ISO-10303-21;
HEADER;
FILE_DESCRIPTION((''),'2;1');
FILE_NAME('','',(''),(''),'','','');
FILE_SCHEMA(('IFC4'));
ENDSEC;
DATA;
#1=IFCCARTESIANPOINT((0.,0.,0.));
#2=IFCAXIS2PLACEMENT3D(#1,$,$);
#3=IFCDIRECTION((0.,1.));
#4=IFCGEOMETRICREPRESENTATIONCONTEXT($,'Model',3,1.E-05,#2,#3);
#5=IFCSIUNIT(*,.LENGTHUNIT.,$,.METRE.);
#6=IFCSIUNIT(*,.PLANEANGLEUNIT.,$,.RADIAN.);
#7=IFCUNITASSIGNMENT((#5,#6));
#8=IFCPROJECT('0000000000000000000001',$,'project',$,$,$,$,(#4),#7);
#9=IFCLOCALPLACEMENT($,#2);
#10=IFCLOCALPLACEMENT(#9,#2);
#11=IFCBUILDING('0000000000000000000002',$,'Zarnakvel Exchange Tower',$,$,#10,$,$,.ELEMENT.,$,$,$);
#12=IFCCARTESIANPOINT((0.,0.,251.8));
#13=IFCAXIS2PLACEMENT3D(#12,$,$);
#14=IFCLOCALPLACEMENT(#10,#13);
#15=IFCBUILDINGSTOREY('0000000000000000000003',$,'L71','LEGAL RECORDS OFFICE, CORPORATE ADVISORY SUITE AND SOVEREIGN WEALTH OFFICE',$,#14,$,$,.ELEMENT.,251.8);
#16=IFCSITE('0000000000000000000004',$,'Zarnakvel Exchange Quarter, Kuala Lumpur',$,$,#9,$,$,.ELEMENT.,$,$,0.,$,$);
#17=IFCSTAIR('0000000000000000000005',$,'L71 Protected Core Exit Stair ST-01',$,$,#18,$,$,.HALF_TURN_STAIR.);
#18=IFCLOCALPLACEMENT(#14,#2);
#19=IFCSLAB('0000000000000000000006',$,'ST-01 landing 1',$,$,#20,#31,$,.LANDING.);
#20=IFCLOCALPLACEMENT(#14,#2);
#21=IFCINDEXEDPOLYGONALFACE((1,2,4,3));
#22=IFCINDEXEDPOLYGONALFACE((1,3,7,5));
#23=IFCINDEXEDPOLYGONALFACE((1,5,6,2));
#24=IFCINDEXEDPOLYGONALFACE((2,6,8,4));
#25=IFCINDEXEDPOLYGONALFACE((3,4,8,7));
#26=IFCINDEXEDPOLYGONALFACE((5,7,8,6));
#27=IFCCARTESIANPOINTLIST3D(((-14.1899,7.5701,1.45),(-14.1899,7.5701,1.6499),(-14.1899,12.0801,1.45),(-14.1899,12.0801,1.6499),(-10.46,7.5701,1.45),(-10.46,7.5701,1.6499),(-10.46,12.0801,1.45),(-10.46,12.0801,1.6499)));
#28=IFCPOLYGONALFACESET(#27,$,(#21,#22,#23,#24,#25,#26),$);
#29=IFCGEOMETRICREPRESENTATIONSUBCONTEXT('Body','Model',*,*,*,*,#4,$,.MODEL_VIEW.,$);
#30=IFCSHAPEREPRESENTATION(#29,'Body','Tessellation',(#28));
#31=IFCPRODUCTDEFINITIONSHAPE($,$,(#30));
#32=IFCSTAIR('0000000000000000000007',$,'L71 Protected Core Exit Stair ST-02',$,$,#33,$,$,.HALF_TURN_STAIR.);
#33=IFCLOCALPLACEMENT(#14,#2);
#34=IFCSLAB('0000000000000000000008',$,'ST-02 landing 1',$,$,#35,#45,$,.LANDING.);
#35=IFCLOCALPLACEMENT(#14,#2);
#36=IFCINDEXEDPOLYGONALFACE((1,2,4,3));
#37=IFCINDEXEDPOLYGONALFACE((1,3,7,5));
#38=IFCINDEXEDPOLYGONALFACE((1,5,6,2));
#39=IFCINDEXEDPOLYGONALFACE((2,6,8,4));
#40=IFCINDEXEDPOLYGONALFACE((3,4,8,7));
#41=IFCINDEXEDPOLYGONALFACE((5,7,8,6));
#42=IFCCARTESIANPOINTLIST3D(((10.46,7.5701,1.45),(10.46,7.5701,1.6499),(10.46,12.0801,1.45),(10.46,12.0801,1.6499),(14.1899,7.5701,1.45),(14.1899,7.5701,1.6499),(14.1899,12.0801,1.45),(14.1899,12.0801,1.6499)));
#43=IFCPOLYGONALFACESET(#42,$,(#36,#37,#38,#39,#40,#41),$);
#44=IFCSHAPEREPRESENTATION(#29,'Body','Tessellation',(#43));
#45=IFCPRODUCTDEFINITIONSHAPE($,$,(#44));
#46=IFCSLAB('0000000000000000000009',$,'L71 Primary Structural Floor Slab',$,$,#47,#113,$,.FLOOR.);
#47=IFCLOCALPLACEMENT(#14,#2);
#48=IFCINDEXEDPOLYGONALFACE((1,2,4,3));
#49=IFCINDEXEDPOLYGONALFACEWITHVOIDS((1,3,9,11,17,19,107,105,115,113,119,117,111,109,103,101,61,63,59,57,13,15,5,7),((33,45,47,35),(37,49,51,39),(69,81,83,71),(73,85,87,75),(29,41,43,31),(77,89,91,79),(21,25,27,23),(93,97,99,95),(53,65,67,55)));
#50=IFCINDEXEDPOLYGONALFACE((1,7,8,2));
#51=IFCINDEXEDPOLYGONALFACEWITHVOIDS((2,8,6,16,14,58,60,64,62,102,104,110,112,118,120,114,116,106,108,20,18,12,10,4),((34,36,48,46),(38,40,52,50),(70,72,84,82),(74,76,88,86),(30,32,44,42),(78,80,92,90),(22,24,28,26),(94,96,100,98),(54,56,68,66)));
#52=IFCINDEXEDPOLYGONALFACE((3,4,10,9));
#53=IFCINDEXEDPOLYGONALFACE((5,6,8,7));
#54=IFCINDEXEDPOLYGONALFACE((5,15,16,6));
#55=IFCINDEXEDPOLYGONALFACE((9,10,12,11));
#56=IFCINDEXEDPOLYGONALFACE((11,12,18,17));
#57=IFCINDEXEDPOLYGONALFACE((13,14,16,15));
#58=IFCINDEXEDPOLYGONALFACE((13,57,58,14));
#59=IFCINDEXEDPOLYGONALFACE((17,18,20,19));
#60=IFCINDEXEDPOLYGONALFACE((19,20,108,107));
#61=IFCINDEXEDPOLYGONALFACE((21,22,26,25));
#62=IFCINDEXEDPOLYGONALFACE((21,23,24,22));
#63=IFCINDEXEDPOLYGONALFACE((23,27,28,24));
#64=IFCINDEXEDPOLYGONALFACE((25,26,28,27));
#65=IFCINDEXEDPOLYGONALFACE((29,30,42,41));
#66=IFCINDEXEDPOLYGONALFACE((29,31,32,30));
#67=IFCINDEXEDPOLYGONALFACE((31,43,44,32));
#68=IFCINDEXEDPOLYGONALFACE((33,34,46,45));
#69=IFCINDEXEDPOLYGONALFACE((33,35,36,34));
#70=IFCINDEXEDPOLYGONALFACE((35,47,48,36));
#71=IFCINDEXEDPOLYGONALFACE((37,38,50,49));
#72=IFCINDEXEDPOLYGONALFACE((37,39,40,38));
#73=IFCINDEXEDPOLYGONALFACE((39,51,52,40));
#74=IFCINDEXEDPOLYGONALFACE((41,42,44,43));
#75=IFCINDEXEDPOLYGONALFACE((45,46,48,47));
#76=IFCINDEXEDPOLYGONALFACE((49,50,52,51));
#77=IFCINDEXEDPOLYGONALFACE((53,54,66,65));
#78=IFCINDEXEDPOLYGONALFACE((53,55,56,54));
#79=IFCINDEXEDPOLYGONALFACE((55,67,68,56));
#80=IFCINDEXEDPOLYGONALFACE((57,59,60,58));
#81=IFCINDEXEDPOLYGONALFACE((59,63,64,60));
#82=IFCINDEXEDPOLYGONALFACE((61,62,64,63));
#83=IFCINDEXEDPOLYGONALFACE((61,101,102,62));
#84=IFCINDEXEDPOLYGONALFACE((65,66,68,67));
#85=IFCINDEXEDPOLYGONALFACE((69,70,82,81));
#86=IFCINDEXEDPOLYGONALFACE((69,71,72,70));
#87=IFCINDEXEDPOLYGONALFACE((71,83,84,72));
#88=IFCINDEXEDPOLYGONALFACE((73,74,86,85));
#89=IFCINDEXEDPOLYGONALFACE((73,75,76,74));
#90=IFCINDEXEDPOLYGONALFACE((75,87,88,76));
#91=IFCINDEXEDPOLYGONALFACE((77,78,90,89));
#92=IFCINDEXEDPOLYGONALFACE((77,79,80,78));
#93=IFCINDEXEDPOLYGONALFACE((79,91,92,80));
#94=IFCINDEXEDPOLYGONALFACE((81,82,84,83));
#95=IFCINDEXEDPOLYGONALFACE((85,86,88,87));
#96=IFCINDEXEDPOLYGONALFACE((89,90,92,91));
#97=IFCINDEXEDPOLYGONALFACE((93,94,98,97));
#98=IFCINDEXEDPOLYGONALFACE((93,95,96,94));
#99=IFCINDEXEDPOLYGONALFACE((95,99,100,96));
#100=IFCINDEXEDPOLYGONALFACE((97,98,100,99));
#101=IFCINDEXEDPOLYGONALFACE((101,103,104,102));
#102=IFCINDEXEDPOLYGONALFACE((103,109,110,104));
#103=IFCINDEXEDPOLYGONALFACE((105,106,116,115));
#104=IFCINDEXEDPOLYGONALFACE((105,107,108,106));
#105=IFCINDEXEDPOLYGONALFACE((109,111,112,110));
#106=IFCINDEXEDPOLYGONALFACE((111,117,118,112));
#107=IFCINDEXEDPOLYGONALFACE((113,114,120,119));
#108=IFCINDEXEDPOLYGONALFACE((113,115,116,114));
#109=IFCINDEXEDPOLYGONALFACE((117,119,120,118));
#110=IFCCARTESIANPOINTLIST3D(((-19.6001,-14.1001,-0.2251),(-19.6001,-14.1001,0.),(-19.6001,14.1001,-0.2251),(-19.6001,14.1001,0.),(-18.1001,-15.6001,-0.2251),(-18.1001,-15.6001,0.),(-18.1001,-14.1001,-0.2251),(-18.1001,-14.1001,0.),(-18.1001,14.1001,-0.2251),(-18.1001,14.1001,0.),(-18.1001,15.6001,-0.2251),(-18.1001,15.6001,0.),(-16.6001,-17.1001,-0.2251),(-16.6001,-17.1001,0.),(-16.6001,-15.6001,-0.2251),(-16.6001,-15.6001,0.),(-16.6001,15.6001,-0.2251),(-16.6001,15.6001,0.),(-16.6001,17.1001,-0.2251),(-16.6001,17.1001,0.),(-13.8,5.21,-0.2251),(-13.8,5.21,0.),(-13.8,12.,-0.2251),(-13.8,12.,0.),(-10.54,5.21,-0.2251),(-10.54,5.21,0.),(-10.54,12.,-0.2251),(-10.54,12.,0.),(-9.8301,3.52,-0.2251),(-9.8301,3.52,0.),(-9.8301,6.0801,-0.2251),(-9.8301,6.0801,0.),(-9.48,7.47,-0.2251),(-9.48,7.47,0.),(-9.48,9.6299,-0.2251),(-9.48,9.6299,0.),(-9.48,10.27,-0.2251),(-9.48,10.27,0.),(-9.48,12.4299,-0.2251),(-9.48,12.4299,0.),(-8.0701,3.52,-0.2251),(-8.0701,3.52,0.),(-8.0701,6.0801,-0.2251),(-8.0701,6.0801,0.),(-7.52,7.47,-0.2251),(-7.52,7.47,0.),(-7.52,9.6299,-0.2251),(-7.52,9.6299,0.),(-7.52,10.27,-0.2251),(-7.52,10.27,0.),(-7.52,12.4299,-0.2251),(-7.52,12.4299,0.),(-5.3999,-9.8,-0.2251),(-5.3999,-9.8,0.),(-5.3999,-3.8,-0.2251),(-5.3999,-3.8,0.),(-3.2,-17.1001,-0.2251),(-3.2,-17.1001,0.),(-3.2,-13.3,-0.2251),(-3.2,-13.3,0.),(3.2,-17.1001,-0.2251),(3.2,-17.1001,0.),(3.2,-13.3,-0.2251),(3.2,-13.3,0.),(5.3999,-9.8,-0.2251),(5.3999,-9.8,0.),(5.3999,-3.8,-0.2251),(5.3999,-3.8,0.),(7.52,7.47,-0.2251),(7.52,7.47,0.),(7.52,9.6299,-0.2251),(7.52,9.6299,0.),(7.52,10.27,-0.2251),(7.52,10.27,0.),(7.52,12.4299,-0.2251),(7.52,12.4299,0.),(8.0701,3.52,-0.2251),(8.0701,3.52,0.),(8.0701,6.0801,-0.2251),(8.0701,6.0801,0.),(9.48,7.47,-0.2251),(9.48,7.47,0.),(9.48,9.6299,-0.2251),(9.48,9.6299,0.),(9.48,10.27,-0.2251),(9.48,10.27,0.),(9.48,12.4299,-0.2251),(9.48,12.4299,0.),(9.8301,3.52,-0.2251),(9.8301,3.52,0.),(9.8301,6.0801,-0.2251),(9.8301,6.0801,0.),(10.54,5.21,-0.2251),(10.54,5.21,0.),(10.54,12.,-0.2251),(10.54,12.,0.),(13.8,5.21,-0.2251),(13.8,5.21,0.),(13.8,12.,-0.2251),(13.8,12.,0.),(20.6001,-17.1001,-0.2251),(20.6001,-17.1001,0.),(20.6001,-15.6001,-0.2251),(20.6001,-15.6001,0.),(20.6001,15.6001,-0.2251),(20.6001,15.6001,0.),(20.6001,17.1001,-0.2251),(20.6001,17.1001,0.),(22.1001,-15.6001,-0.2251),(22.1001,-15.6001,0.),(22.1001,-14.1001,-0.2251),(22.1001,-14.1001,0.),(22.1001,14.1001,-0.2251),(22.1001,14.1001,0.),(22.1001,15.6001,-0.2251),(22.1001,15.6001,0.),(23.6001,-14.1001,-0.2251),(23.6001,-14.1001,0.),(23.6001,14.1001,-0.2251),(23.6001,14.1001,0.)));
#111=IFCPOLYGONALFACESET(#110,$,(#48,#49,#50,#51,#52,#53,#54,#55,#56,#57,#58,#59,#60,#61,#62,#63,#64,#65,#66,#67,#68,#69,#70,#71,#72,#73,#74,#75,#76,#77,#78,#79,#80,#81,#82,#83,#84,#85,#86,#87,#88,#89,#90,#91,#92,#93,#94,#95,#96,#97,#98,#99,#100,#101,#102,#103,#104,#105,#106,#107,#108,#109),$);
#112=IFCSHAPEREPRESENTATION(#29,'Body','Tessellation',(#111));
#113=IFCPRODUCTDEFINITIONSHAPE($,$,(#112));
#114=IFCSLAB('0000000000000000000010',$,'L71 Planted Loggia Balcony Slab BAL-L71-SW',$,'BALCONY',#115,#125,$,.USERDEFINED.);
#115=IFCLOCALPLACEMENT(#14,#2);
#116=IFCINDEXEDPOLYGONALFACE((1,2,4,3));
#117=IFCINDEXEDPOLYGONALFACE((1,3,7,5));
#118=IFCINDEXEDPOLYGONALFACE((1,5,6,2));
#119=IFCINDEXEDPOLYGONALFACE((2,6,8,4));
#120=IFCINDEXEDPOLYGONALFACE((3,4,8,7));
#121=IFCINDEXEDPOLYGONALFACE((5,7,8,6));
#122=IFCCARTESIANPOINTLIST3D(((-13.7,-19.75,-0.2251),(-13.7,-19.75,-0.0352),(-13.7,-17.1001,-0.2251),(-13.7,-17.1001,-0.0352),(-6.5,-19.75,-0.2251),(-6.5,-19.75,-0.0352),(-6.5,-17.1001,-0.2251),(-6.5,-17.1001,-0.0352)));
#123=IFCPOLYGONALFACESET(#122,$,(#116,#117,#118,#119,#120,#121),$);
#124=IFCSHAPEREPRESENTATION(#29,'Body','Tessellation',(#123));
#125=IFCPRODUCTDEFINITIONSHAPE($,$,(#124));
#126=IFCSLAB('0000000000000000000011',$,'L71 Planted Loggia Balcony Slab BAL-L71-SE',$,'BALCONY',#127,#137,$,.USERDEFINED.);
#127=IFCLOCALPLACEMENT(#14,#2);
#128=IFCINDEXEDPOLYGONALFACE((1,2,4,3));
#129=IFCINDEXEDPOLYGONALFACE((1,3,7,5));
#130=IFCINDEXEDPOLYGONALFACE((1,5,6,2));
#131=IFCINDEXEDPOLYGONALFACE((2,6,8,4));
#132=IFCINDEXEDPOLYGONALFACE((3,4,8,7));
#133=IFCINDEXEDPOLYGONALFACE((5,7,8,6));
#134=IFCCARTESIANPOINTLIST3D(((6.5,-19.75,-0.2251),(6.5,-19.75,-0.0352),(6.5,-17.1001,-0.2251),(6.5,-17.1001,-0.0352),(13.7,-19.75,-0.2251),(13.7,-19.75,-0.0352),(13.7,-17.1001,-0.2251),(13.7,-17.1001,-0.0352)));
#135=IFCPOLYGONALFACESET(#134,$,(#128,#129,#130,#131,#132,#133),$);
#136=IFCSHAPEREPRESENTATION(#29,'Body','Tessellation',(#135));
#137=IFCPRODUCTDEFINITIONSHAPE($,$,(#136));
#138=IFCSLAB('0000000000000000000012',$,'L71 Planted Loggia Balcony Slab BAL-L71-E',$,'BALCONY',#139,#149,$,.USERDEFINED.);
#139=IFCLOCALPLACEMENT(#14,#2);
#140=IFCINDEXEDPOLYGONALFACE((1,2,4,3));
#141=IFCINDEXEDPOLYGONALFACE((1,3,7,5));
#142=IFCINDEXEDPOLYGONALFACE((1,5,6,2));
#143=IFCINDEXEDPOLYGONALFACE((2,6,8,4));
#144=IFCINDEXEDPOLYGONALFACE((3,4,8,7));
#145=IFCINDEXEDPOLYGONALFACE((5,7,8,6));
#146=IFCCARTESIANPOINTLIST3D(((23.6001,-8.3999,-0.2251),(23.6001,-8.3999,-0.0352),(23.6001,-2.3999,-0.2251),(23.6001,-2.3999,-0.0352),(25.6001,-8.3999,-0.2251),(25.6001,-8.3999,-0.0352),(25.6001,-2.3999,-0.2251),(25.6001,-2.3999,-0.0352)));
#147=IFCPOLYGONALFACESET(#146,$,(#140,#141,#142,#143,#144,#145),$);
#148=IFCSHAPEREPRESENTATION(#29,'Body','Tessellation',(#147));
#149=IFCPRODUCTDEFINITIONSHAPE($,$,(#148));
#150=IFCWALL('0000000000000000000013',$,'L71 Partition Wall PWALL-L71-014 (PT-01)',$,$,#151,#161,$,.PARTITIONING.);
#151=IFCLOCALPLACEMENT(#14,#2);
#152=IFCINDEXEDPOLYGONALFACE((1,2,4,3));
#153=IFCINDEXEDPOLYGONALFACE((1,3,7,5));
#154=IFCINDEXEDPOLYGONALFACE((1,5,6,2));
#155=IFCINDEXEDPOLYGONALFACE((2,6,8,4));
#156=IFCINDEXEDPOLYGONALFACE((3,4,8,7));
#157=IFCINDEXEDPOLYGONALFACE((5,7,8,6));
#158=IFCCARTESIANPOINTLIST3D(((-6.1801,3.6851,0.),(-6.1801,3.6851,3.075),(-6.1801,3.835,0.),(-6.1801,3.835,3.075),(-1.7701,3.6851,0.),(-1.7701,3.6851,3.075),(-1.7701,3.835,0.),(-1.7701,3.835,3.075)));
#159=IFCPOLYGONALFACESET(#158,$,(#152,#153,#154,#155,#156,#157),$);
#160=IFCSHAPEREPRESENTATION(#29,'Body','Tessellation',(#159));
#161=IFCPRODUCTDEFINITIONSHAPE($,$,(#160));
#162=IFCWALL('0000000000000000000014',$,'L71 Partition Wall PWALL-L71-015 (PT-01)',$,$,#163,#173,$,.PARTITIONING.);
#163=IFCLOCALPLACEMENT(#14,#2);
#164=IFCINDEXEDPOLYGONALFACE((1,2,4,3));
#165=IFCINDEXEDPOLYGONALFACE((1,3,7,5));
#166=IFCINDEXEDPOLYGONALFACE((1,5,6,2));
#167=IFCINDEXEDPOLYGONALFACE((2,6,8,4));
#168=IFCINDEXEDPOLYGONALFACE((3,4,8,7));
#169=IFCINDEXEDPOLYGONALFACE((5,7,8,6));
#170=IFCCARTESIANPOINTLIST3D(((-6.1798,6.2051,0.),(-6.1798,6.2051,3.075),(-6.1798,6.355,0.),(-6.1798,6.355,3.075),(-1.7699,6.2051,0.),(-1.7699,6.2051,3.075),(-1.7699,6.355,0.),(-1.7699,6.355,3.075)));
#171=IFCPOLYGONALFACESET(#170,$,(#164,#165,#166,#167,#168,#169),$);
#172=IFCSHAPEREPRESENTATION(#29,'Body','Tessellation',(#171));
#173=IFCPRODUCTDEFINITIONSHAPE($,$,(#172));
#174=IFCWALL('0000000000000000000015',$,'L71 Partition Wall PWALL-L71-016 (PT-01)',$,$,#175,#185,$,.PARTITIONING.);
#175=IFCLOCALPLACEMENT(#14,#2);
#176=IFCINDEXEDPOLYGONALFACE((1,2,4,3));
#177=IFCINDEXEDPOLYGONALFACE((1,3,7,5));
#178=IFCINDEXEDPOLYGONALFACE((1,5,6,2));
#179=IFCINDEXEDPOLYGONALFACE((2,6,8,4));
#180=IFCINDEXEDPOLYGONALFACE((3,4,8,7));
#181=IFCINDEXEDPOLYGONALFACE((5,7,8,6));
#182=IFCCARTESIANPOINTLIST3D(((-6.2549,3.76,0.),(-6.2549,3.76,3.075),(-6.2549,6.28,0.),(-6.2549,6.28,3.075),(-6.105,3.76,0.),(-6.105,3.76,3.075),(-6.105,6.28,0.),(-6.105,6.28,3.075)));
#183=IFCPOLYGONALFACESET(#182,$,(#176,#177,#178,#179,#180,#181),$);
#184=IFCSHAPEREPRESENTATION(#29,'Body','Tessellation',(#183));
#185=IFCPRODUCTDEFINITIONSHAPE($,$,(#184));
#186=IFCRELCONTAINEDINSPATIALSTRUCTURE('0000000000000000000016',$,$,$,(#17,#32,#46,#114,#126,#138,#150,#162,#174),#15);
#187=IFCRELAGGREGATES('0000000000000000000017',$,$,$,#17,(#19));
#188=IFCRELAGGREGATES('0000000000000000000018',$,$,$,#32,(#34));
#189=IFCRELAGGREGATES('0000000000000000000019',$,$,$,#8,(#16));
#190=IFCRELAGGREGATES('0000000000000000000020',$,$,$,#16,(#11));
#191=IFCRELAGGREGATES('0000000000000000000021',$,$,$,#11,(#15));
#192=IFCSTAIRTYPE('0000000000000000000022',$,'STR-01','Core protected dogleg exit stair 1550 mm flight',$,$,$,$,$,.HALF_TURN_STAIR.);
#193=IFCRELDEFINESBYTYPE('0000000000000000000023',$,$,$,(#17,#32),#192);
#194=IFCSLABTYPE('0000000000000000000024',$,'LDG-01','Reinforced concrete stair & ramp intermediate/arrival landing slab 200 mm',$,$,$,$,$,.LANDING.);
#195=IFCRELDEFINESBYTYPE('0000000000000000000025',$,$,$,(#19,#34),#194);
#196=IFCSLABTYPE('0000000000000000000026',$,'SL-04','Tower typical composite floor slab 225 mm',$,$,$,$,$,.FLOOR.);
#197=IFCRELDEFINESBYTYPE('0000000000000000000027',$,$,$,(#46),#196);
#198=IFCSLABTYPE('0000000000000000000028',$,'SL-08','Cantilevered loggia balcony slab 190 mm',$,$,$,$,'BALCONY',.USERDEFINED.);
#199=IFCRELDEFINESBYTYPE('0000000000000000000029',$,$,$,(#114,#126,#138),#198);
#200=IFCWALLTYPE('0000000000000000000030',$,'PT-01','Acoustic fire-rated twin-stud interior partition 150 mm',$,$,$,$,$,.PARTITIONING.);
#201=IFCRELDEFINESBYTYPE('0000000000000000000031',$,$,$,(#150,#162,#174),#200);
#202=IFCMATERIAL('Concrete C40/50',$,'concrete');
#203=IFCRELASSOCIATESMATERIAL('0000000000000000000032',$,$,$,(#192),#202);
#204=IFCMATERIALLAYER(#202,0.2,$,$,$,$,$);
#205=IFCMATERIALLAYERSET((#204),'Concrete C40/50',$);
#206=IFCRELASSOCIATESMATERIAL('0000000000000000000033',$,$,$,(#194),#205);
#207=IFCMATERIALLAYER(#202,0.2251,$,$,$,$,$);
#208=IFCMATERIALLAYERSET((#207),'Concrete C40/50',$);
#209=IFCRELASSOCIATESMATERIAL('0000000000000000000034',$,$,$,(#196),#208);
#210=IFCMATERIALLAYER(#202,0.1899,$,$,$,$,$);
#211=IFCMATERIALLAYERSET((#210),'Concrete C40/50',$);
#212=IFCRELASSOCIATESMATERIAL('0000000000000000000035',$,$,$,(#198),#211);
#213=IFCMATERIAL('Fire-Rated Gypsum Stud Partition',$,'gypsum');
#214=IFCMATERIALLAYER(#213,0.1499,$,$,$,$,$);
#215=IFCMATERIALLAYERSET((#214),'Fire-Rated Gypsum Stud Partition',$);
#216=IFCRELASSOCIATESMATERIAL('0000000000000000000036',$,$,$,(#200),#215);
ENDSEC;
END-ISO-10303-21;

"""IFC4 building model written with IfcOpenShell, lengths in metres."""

from ifc_helpers import new_model, si_unit, direction, frame, frame_2d, origin, place, context, subcontext, project, spatial, polyline, rectangle, outline, extrude, material, layer, layer_set, type_object, element, aggregate, save


model = new_model("IFC4")

# Units and contexts
model_context = context("Model", 3, precision=1e-05, world=origin(), true_north=direction((0.0, 1.0)))
body_context = subcontext(model_context, "Body", "Model", "MODEL_VIEW")
ifc_project = project(units=[si_unit("LENGTHUNIT", "METRE"), si_unit("PLANEANGLEUNIT", "RADIAN")], contexts=[model_context])

# Site, building, storey
site_placement = place(None, origin())
site = spatial("IfcSite", under=ifc_project, at=site_placement, Name="Zarnakvel Exchange Quarter, Kuala Lumpur", CompositionType="ELEMENT", RefElevation=0.0)
building_placement = place(site_placement, origin())
building = spatial("IfcBuilding", under=site, at=building_placement, Name="Zarnakvel Exchange Tower", CompositionType="ELEMENT")
storey_placement = place(building_placement, frame((0.0, 0.0, 251.8)))
storey = spatial("IfcBuildingStorey", under=building, at=storey_placement, Name="L71", Description="LEGAL RECORDS OFFICE, CORPORATE ADVISORY SUITE AND SOVEREIGN WEALTH OFFICE", CompositionType="ELEMENT", Elevation=251.8)

# Stairs, slabs
ifc_material_1 = material(Name="Concrete C40/50", Category="concrete")
stair_type = type_object("IfcStairType", Name="STR-01", Description="Core protected dogleg exit stair 1550 mm flight", PredefinedType="HALF_TURN_STAIR", material=ifc_material_1)
stair_1_placement = place(storey_placement, origin())
stair_1 = element("IfcStair", 1, at=stair_1_placement, inside=storey, type_object=stair_type, Name="L71 Protected Core Exit Stair ST-01", PredefinedType="HALF_TURN_STAIR")
ifc_layer_1 = layer(ifc_material_1, 0.2)
ifc_layer_set_1 = layer_set([ifc_layer_1], Name="Concrete C40/50")
slab_type_1 = type_object("IfcSlabType", Name="LDG-01", Description="Reinforced concrete stair & ramp intermediate/arrival landing slab 200 mm", PredefinedType="LANDING", material=ifc_layer_set_1)
slab_1_placement = place(storey_placement, frame((0.0, 0.0, 1.45)))
slab_1 = element("IfcSlab", 2, at=slab_1_placement, type_object=slab_type_1, Name="ST-01 landing 1", PredefinedType="LANDING", context=body_context, shape_type="SweptSolid", body=[
    extrude(outline(polyline([(-14.1899, 7.5701), (-10.46, 7.5701), (-10.46, 12.0801), (-14.1899, 12.0801), (-14.1899, 7.5701)])), origin(), (0.0, 0.0, 1.0), 0.2),
])
aggregate(stair_1, [slab_1])
stair_2_placement = place(storey_placement, origin())
stair_2 = element("IfcStair", 3, at=stair_2_placement, inside=storey, type_object=stair_type, Name="L71 Protected Core Exit Stair ST-02", PredefinedType="HALF_TURN_STAIR")
slab_2_placement = place(storey_placement, frame((0.0, 0.0, 1.45)))
slab_2 = element("IfcSlab", 4, at=slab_2_placement, type_object=slab_type_1, Name="ST-02 landing 1", PredefinedType="LANDING", context=body_context, shape_type="SweptSolid", body=[
    extrude(outline(polyline([(10.46, 7.5701), (14.1899, 7.5701), (14.1899, 12.0801), (10.46, 12.0801), (10.46, 7.5701)])), origin(), (0.0, 0.0, 1.0), 0.2),
])
aggregate(stair_2, [slab_2])

# Slabs
ifc_layer_2 = layer(ifc_material_1, 0.2251)
ifc_layer_set_2 = layer_set([ifc_layer_2], Name="Concrete C40/50")
slab_type_2 = type_object("IfcSlabType", Name="SL-04", Description="Tower typical composite floor slab 225 mm", PredefinedType="FLOOR", material=ifc_layer_set_2)
slab_3_placement = place(storey_placement, frame((0.0, 0.0, -0.2251)))
element("IfcSlab", 5, at=slab_3_placement, inside=storey, type_object=slab_type_2, Name="L71 Primary Structural Floor Slab", PredefinedType="FLOOR", context=body_context, shape_type="SweptSolid", body=[
    extrude(outline(polyline([(-19.6001, -14.1001), (-18.1001, -14.1001), (-18.1001, -15.6001), (-16.6001, -15.6001), (-16.6001, -17.1001), (-3.2, -17.1001), (-3.2, -13.3), (3.2, -13.3), (3.2, -17.1001), (20.6001, -17.1001), (20.6001, -15.6001), (22.1001, -15.6001), (22.1001, -14.1001), (23.6001, -14.1001), (23.6001, 14.1001), (22.1001, 14.1001), (22.1001, 15.6001), (20.6001, 15.6001), (20.6001, 17.1001), (-16.6001, 17.1001), (-16.6001, 15.6001), (-18.1001, 15.6001), (-18.1001, 14.1001), (-19.6001, 14.1001), (-19.6001, -14.1001)]), holes=[polyline([(-5.3999, -9.8), (5.3999, -9.8), (5.3999, -3.8), (-5.3999, -3.8), (-5.3999, -9.8)]), polyline([(-13.8, 5.21), (-10.54, 5.21), (-10.54, 12.0), (-13.8, 12.0), (-13.8, 5.21)]), polyline([(10.54, 5.21), (13.8, 5.21), (13.8, 12.0), (10.54, 12.0), (10.54, 5.21)]), polyline([(-9.8301, 3.52), (-8.0701, 3.52), (-8.0701, 6.0801), (-9.8301, 6.0801), (-9.8301, 3.52)]), polyline([(8.0701, 3.52), (9.8301, 3.52), (9.8301, 6.0801), (8.0701, 6.0801), (8.0701, 3.52)]), polyline([(-9.48, 7.47), (-7.52, 7.47), (-7.52, 9.6299), (-9.48, 9.6299), (-9.48, 7.47)]), polyline([(-9.48, 10.27), (-7.52, 10.27), (-7.52, 12.4299), (-9.48, 12.4299), (-9.48, 10.27)]), polyline([(7.52, 7.47), (9.48, 7.47), (9.48, 9.6299), (7.52, 9.6299), (7.52, 7.47)]), polyline([(7.52, 10.27), (9.48, 10.27), (9.48, 12.4299), (7.52, 12.4299), (7.52, 10.27)])]), origin(), (0.0, 0.0, 1.0), 0.2251),
])
ifc_layer_3 = layer(ifc_material_1, 0.1899)
ifc_layer_set_3 = layer_set([ifc_layer_3], Name="Concrete C40/50")
slab_type_3 = type_object("IfcSlabType", Name="SL-08", Description="Cantilevered loggia balcony slab 190 mm", ElementType="BALCONY", PredefinedType="USERDEFINED", material=ifc_layer_set_3)
slab_4_placement = place(storey_placement, frame((0.0, 0.0, -0.2251)))
element("IfcSlab", 6, at=slab_4_placement, inside=storey, type_object=slab_type_3, Name="L71 Planted Loggia Balcony Slab BAL-L71-SW", ObjectType="BALCONY", PredefinedType="USERDEFINED", context=body_context, shape_type="SweptSolid", body=[
    extrude(outline(polyline([(-13.7, -19.75), (-6.5, -19.75), (-6.5, -17.1001), (-13.7, -17.1001), (-13.7, -19.75)])), origin(), (0.0, 0.0, 1.0), 0.1899),
])
slab_5_placement = place(storey_placement, frame((0.0, 0.0, -0.2251)))
element("IfcSlab", 7, at=slab_5_placement, inside=storey, type_object=slab_type_3, Name="L71 Planted Loggia Balcony Slab BAL-L71-SE", ObjectType="BALCONY", PredefinedType="USERDEFINED", context=body_context, shape_type="SweptSolid", body=[
    extrude(outline(polyline([(6.5, -19.75), (13.7, -19.75), (13.7, -17.1001), (6.5, -17.1001), (6.5, -19.75)])), origin(), (0.0, 0.0, 1.0), 0.1899),
])
slab_6_placement = place(storey_placement, frame((0.0, 0.0, -0.2251)))
element("IfcSlab", 8, at=slab_6_placement, inside=storey, type_object=slab_type_3, Name="L71 Planted Loggia Balcony Slab BAL-L71-E", ObjectType="BALCONY", PredefinedType="USERDEFINED", context=body_context, shape_type="SweptSolid", body=[
    extrude(outline(polyline([(23.6001, -8.3999), (25.6001, -8.3999), (25.6001, -2.3999), (23.6001, -2.3999), (23.6001, -8.3999)])), origin(), (0.0, 0.0, 1.0), 0.1899),
])

# Walls
ifc_material_2 = material(Name="Fire-Rated Gypsum Stud Partition", Category="gypsum")
ifc_layer_4 = layer(ifc_material_2, 0.1499)
ifc_layer_set_4 = layer_set([ifc_layer_4], Name="Fire-Rated Gypsum Stud Partition")
wall_type_1 = type_object("IfcWallType", Name="PT-01", Description="Acoustic fire-rated twin-stud interior partition 150 mm", PredefinedType="PARTITIONING", material=ifc_layer_set_4)
for number, where, z_axis, x_axis, name in (
    (9, (-1.77, 3.76, 0.0), (0.0, 0.0, 1.0), (-1.0, 0.0, 0.0), "L71 Partition Wall PWALL-L71-014 (PT-01)"),
    (10, (-6.1799, 6.28, 0.0), (0.0, 0.0, 1.0), (1.0, 0.0, 0.0), "L71 Partition Wall PWALL-L71-015 (PT-01)"),
):
    element("IfcWall", number, at=place(storey_placement, frame(where, z_axis=z_axis, x_axis=x_axis)), inside=storey, type_object=wall_type_1, Name=name, PredefinedType="PARTITIONING", context=body_context, shape_type="SweptSolid", body=[
        extrude(rectangle(XDim=4.4099, YDim=0.1499, at=frame_2d((2.2051, 0.0))), origin(), (0.0, 0.0, 1.0), 3.075),
    ])
wall_1_placement = place(storey_placement, frame((-6.1799, 3.76, 0.0), z_axis=(0.0, 0.0, 1.0), x_axis=(0.0, 1.0, 0.0)))
element("IfcWall", 11, at=wall_1_placement, inside=storey, type_object=wall_type_1, Name="L71 Partition Wall PWALL-L71-016 (PT-01)", PredefinedType="PARTITIONING", context=body_context, shape_type="SweptSolid", body=[
    extrude(rectangle(XDim=2.52, YDim=0.1499, at=frame_2d((1.26, 0.0))), origin(), (0.0, 0.0, 1.0), 3.075),
])

save(model, "model.ifc")
